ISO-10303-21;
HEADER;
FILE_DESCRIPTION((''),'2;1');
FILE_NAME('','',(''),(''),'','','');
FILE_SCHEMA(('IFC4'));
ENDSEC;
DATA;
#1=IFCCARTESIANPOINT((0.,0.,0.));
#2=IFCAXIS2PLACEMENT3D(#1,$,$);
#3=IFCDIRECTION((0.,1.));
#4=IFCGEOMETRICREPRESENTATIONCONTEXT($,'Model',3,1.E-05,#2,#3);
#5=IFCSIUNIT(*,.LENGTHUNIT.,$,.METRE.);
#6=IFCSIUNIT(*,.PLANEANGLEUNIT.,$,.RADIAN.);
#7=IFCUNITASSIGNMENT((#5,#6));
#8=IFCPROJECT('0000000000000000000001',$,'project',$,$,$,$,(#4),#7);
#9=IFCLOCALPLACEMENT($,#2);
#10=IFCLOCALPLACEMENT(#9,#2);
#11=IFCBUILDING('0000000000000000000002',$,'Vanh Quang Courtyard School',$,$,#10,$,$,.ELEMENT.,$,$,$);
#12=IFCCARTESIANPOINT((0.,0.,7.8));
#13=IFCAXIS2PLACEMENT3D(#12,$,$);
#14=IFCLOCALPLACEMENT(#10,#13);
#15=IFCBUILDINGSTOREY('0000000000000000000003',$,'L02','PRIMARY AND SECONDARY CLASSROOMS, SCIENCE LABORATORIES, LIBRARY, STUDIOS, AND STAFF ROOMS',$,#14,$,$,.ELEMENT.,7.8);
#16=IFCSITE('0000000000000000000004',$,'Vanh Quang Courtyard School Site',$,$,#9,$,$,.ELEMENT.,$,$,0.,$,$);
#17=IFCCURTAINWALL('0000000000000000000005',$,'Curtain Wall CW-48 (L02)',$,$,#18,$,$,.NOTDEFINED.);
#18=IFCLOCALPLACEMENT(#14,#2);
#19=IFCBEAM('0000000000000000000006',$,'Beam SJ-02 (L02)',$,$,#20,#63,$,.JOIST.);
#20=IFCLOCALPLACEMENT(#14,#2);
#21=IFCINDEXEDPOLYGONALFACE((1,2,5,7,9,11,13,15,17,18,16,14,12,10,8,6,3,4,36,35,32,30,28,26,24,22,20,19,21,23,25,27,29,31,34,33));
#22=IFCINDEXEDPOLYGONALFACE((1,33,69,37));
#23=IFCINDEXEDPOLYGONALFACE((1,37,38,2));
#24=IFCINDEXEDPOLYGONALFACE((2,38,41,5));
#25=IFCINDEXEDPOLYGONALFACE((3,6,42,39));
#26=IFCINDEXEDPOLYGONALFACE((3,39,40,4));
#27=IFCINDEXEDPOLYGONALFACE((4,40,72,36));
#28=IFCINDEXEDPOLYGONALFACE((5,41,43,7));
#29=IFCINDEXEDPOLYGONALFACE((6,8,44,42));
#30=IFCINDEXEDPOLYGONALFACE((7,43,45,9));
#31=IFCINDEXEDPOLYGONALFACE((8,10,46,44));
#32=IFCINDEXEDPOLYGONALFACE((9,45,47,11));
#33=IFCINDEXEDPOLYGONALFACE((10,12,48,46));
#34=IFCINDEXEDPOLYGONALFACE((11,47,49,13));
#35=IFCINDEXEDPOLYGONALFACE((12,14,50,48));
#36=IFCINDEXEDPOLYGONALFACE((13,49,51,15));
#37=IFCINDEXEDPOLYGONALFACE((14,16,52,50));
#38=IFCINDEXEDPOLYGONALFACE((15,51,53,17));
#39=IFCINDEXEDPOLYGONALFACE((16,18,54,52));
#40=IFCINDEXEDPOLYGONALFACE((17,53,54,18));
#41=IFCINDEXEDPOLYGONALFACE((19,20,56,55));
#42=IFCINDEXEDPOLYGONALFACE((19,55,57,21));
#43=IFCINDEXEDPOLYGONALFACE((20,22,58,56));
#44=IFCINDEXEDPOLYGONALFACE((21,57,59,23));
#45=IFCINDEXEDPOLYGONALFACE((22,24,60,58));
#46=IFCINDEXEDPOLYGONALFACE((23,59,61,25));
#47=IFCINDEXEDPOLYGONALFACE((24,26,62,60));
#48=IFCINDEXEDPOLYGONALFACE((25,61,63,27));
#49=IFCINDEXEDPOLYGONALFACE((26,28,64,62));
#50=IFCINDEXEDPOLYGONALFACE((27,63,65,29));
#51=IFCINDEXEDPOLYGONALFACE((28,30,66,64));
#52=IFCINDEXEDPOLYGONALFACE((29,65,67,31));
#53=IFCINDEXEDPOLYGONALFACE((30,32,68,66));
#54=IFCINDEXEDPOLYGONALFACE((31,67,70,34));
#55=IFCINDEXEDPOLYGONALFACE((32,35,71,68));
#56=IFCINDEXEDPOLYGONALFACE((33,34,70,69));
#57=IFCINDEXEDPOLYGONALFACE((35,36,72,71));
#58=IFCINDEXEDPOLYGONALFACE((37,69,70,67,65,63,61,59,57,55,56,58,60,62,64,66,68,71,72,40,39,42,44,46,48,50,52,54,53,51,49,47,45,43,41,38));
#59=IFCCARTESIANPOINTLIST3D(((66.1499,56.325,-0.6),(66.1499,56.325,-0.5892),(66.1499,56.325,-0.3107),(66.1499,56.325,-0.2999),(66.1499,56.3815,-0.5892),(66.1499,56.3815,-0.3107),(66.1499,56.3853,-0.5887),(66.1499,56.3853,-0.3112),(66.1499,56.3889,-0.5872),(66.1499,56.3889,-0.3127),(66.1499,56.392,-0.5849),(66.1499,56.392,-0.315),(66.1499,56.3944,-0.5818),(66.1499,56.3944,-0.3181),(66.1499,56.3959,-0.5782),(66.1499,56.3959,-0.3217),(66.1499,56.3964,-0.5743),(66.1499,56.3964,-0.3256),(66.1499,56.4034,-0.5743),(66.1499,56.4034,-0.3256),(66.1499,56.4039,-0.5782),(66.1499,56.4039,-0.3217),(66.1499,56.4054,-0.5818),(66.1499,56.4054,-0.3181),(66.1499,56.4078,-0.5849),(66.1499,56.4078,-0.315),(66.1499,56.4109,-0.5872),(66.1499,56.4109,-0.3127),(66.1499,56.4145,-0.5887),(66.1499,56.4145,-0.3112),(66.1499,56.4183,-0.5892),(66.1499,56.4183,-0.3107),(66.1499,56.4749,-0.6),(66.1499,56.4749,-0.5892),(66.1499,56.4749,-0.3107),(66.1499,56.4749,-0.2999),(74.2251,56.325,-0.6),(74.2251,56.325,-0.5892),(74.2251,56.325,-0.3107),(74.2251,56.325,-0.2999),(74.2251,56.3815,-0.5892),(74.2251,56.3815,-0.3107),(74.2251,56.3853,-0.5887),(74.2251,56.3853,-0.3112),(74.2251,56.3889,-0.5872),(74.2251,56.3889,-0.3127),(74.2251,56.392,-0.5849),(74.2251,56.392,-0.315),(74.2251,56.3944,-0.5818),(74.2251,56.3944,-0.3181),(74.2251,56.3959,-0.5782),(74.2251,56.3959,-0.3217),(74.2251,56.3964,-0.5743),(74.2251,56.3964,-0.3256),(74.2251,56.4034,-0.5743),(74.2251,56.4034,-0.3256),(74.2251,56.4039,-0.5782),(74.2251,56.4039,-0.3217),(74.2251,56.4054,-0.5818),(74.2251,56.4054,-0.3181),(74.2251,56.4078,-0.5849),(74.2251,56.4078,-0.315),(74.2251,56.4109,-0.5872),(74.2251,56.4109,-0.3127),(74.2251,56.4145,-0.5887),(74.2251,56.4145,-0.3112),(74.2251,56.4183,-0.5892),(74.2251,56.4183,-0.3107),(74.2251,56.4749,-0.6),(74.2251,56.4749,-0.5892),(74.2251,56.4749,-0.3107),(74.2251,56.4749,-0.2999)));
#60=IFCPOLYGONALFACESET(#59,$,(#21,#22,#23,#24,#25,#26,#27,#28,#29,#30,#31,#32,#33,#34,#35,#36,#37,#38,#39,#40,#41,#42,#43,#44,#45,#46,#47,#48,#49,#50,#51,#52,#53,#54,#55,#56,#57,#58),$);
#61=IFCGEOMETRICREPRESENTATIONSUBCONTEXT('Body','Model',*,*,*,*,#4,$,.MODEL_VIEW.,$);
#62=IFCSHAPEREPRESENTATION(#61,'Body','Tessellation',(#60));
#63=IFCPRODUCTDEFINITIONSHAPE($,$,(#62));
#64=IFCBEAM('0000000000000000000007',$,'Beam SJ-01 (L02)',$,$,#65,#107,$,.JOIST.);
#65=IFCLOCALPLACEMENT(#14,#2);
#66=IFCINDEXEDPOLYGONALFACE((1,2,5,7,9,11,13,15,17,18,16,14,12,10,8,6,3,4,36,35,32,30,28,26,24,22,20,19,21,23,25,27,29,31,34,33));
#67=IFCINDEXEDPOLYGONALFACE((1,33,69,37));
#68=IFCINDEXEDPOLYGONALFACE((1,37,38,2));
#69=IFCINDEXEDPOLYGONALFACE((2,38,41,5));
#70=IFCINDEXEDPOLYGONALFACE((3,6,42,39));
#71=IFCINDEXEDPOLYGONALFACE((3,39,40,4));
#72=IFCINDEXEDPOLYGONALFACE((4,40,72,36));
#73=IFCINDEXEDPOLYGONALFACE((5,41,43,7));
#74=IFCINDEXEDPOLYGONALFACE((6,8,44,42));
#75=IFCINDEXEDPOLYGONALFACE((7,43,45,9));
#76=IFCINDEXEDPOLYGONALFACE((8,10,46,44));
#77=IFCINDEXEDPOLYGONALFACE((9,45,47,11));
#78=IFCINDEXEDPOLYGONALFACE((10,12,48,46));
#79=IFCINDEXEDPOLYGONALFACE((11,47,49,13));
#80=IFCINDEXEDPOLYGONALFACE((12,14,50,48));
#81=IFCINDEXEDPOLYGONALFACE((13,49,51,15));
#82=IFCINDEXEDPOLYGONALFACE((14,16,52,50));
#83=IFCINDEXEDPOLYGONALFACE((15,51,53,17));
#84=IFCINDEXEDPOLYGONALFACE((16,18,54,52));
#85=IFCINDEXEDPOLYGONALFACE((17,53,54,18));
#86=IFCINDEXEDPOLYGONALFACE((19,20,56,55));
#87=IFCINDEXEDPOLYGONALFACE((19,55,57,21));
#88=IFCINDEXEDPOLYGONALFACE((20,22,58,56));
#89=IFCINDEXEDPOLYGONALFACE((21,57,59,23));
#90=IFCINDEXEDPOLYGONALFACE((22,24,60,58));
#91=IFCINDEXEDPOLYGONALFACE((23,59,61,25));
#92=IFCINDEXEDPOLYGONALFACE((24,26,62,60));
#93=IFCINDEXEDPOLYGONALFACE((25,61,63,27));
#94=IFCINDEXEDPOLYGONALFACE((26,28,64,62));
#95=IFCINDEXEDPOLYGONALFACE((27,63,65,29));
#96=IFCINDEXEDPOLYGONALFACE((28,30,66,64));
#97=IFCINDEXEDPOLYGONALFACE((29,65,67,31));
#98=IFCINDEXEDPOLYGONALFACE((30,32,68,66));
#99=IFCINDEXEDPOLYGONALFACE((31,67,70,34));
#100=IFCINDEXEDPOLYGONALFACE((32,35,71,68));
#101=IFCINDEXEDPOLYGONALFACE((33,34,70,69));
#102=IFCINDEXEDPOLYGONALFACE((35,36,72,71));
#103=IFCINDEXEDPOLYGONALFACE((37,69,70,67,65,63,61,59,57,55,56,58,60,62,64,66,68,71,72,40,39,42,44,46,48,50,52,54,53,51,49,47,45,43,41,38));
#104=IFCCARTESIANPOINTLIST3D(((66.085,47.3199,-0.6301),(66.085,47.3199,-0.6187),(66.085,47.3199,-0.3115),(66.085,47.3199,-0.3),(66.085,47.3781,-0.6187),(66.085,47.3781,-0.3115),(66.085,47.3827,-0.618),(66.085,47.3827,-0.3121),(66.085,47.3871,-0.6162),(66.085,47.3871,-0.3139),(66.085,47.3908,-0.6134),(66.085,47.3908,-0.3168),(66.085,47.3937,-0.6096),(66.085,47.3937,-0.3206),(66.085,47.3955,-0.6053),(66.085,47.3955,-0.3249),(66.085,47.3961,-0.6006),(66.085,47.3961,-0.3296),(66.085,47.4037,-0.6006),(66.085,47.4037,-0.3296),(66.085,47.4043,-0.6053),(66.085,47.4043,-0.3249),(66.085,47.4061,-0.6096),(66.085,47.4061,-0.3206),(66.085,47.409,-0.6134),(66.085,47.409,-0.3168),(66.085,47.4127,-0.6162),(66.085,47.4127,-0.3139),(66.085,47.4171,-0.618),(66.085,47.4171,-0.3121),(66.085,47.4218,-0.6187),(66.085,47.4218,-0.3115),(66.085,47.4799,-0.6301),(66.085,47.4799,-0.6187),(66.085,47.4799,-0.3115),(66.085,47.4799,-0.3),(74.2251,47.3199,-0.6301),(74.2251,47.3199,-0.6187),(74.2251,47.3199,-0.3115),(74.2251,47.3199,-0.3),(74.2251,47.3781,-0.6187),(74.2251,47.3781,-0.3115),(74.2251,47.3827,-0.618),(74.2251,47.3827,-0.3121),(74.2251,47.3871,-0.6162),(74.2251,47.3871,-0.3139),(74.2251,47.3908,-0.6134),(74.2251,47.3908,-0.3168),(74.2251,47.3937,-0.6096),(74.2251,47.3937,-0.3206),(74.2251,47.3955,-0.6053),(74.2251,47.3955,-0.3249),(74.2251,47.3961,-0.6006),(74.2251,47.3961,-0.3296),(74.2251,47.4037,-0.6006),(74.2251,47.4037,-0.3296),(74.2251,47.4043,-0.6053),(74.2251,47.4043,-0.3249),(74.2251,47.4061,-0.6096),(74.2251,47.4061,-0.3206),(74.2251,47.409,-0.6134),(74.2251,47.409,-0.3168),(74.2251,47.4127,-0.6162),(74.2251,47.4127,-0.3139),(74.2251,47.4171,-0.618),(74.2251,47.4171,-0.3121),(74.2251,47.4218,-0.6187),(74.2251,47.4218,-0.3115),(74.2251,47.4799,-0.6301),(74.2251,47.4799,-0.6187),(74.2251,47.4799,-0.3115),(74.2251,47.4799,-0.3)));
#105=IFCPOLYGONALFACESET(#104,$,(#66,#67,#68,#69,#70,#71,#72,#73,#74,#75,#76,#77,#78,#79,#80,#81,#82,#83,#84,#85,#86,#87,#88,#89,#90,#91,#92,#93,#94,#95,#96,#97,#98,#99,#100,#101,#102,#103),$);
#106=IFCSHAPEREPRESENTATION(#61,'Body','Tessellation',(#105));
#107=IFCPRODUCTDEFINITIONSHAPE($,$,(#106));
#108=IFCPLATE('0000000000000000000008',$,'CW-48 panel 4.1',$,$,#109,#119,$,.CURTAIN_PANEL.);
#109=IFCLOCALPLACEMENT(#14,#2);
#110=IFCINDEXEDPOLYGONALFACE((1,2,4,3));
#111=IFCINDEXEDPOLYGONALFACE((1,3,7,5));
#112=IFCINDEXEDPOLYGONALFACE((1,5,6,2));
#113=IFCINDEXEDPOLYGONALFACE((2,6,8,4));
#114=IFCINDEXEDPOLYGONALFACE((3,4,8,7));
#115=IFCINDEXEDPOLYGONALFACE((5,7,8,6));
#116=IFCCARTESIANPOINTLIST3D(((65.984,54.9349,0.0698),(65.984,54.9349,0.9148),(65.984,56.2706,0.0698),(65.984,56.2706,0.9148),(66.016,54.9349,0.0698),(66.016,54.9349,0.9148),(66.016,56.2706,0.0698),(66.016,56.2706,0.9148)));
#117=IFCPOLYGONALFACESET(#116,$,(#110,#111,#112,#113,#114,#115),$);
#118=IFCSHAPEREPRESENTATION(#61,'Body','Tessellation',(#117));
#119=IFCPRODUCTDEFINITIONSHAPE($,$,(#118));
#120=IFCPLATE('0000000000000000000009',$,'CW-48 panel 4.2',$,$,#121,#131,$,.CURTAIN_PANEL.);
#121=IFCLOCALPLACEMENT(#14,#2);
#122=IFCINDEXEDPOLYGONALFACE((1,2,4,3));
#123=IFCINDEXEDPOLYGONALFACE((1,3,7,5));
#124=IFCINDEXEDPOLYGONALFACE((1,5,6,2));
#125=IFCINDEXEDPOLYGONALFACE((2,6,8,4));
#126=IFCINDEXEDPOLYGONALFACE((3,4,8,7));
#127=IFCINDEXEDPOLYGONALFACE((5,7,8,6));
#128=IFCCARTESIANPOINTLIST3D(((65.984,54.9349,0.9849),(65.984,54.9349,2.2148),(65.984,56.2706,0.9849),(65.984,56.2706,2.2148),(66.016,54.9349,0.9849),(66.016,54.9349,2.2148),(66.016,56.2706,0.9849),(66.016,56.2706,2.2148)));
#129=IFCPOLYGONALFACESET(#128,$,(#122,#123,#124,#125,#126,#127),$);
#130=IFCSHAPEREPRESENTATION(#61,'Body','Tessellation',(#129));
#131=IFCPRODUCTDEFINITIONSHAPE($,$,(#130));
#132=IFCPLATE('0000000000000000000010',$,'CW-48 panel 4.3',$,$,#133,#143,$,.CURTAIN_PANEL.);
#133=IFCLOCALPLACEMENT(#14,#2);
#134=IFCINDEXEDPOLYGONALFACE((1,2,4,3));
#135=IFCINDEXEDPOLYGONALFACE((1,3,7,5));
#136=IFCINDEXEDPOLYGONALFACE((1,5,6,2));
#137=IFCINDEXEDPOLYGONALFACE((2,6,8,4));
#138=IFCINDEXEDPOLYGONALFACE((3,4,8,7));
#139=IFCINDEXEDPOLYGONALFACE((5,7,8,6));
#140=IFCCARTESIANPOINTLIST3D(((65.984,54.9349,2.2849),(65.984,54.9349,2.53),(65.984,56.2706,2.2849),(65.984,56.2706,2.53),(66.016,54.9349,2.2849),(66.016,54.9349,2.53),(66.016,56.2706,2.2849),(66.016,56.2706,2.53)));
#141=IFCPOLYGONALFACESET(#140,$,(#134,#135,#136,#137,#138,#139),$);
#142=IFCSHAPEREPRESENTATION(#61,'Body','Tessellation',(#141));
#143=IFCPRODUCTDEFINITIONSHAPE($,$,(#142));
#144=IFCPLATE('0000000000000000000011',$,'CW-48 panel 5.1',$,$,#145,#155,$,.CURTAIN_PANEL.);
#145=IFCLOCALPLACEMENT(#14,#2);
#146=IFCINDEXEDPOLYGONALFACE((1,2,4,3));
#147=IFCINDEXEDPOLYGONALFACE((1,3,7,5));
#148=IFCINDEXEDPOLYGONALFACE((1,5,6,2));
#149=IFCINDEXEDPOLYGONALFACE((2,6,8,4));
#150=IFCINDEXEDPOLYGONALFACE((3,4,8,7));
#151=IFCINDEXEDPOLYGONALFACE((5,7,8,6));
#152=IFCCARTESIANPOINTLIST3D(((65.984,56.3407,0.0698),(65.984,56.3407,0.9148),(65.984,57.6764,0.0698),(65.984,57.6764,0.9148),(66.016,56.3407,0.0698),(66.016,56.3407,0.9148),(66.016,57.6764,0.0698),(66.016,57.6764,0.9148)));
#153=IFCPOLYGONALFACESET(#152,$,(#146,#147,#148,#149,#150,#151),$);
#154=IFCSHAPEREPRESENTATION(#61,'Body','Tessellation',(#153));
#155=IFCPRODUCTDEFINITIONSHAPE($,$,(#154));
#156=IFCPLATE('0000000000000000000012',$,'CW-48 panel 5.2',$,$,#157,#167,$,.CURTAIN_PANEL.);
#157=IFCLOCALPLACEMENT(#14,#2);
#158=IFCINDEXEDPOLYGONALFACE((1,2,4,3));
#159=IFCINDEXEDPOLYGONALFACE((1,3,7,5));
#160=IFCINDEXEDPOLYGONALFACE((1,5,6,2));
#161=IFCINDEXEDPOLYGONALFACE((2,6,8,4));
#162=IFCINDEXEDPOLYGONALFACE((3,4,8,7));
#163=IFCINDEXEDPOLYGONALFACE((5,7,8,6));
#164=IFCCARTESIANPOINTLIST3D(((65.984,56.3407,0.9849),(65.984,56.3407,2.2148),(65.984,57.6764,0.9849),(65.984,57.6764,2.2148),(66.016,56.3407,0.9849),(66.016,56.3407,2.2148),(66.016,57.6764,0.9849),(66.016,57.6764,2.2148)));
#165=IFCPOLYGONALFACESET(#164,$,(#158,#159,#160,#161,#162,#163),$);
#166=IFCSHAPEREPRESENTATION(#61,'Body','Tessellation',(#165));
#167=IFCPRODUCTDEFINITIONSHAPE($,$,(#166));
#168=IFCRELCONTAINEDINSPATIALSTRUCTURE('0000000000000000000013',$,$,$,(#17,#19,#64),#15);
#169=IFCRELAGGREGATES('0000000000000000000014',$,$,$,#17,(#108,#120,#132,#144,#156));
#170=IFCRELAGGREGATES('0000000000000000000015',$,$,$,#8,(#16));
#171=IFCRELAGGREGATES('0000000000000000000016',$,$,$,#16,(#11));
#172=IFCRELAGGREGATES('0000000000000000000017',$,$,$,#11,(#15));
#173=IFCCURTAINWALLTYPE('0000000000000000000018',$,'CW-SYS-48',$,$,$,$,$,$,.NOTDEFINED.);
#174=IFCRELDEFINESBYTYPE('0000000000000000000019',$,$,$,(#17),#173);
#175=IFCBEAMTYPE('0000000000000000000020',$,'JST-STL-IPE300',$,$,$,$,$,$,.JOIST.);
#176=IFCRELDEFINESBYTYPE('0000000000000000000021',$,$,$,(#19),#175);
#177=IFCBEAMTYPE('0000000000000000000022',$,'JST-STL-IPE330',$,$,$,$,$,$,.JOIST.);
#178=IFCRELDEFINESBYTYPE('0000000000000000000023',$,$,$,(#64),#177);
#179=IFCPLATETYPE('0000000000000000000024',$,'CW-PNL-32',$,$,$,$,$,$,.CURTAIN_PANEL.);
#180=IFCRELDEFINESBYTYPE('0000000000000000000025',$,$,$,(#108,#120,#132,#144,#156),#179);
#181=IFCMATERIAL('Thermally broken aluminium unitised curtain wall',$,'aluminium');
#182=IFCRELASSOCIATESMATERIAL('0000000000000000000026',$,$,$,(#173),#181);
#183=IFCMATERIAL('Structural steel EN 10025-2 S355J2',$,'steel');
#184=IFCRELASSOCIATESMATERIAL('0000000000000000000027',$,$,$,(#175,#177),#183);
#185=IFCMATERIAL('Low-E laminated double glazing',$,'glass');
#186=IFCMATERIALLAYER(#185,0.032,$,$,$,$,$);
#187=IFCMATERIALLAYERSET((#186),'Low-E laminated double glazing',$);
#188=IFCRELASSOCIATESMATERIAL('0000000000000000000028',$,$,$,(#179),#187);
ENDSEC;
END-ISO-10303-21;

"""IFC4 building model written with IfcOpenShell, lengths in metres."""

from ifc_helpers import new_model, si_unit, direction, frame, origin, origin_2d, place, context, subcontext, project, spatial, rectangle, i_section, extrude, material, layer, layer_set, material_profile, profile_set, type_object, element, aggregate, save


model = new_model("IFC4")

# Units and contexts
model_context = context("Model", 3, precision=1e-05, world=origin(), true_north=direction((0.0, 1.0)))
body_context = subcontext(model_context, "Body", "Model", "MODEL_VIEW")
ifc_project = project(units=[si_unit("LENGTHUNIT", "METRE"), si_unit("PLANEANGLEUNIT", "RADIAN")], contexts=[model_context])

# Site, building, storey
site_placement = place(None, origin())
site = spatial("IfcSite", under=ifc_project, at=site_placement, Name="Vanh Quang Courtyard School Site", CompositionType="ELEMENT", RefElevation=0.0)
building_placement = place(site_placement, origin())
building = spatial("IfcBuilding", under=site, at=building_placement, Name="Vanh Quang Courtyard School", CompositionType="ELEMENT")
storey_placement = place(building_placement, frame((0.0, 0.0, 7.8)))
storey = spatial("IfcBuildingStorey", under=building, at=storey_placement, Name="L02", Description="PRIMARY AND SECONDARY CLASSROOMS, SCIENCE LABORATORIES, LIBRARY, STUDIOS, AND STAFF ROOMS", CompositionType="ELEMENT", Elevation=7.8)

# Shared definitions
ifc_material_1 = material(Name="Structural steel EN 10025-2 S355J2", Category="steel")

# Curtain wall
ifc_material_2 = material(Name="Thermally broken aluminium unitised curtain wall", Category="aluminium")
curtain_wall_type = type_object("IfcCurtainWallType", Name="CW-SYS-48", PredefinedType="NOTDEFINED", material=ifc_material_2)
curtain_wall_placement = place(storey_placement, origin())
curtain_wall = element("IfcCurtainWall", 1, at=curtain_wall_placement, inside=storey, type_object=curtain_wall_type, Name="Curtain Wall CW-48 (L02)", PredefinedType="NOTDEFINED")

# Beams
ifc_material_profile_1 = material_profile(ifc_material_1, i_section(OverallWidth=0.1499, OverallDepth=0.3, WebThickness=0.0071, FlangeThickness=0.0107, FilletRadius=0.0149, at=origin_2d()), Name="IPE 300")
ifc_profile_set_1 = profile_set([ifc_material_profile_1], Name="Structural steel EN 10025-2 S355J2")
beam_type_1 = type_object("IfcBeamType", Name="JST-STL-IPE300", PredefinedType="JOIST", material=ifc_profile_set_1)
for number, where, z_axis, x_axis, name in (
    (2, (66.1499, 56.3999, -0.45), (1.0, 0.0, 0.0), (0.0, 1.0, 0.0), "Beam SJ-02 (L02)"),
):
    element("IfcBeam", number, at=place(storey_placement, frame(where, z_axis=z_axis, x_axis=x_axis)), inside=storey, type_object=beam_type_1, Name=name, PredefinedType="JOIST", context=body_context, shape_type="SweptSolid", body=[
        extrude(i_section(OverallWidth=0.1499, OverallDepth=0.3, WebThickness=0.0071, FlangeThickness=0.0107, FilletRadius=0.0149, at=origin_2d()), origin(), (0.0, 0.0, 1.0), 8.0752),
    ])
ifc_material_profile_2 = material_profile(ifc_material_1, i_section(OverallWidth=0.1599, OverallDepth=0.3301, WebThickness=0.0076, FlangeThickness=0.0115, FilletRadius=0.0181, at=origin_2d()), Name="IPE 330")
ifc_profile_set_2 = profile_set([ifc_material_profile_2], Name="Structural steel EN 10025-2 S355J2")
beam_type_2 = type_object("IfcBeamType", Name="JST-STL-IPE330", PredefinedType="JOIST", material=ifc_profile_set_2)
beam_1_placement = place(storey_placement, frame((66.085, 47.3999, -0.4651), z_axis=(1.0, 0.0, 0.0), x_axis=(0.0, 1.0, 0.0)))
element("IfcBeam", 3, at=beam_1_placement, inside=storey, type_object=beam_type_2, Name="Beam SJ-01 (L02)", PredefinedType="JOIST", context=body_context, shape_type="SweptSolid", body=[
    extrude(i_section(OverallWidth=0.1599, OverallDepth=0.3301, WebThickness=0.0076, FlangeThickness=0.0115, FilletRadius=0.0181, at=origin_2d()), origin(), (0.0, 0.0, 1.0), 8.1401),
])

# Plates
ifc_material_3 = material(Name="Low-E laminated double glazing", Category="glass")
ifc_layer = layer(ifc_material_3, 0.032)
ifc_layer_set = layer_set([ifc_layer], Name="Low-E laminated double glazing")
plate_type = type_object("IfcPlateType", Name="CW-PNL-32", PredefinedType="CURTAIN_PANEL", material=ifc_layer_set)
plate_1_placement = place(storey_placement, frame((66.0, 55.6028, 0.0698), z_axis=(0.0, 0.0, 1.0), x_axis=(0.0, 1.0, 0.0)))
plate_1 = element("IfcPlate", 4, at=plate_1_placement, type_object=plate_type, Name="CW-48 panel 4.1", PredefinedType="CURTAIN_PANEL", context=body_context, shape_type="SweptSolid", body=[
    extrude(rectangle(XDim=1.3357, YDim=0.032, at=origin_2d()), origin(), (0.0, 0.0, 1.0), 0.845),
])
plate_2_placement = place(storey_placement, frame((66.0, 55.6028, 0.9849), z_axis=(0.0, 0.0, 1.0), x_axis=(0.0, 1.0, 0.0)))
plate_2 = element("IfcPlate", 5, at=plate_2_placement, type_object=plate_type, Name="CW-48 panel 4.2", PredefinedType="CURTAIN_PANEL", context=body_context, shape_type="SweptSolid", body=[
    extrude(rectangle(XDim=1.3357, YDim=0.032, at=origin_2d()), origin(), (0.0, 0.0, 1.0), 1.23),
])
plate_3_placement = place(storey_placement, frame((66.0, 55.6028, 2.2849), z_axis=(0.0, 0.0, 1.0), x_axis=(0.0, 1.0, 0.0)))
plate_3 = element("IfcPlate", 6, at=plate_3_placement, type_object=plate_type, Name="CW-48 panel 4.3", PredefinedType="CURTAIN_PANEL", context=body_context, shape_type="SweptSolid", body=[
    extrude(rectangle(XDim=1.3357, YDim=0.032, at=origin_2d()), origin(), (0.0, 0.0, 1.0), 0.2451),
])
plate_4_placement = place(storey_placement, frame((66.0, 57.0085, 0.0698), z_axis=(0.0, 0.0, 1.0), x_axis=(0.0, 1.0, 0.0)))
plate_4 = element("IfcPlate", 7, at=plate_4_placement, type_object=plate_type, Name="CW-48 panel 5.1", PredefinedType="CURTAIN_PANEL", context=body_context, shape_type="SweptSolid", body=[
    extrude(rectangle(XDim=1.3357, YDim=0.032, at=origin_2d()), origin(), (0.0, 0.0, 1.0), 0.845),
])
plate_5_placement = place(storey_placement, frame((66.0, 57.0085, 0.9849), z_axis=(0.0, 0.0, 1.0), x_axis=(0.0, 1.0, 0.0)))
plate_5 = element("IfcPlate", 8, at=plate_5_placement, type_object=plate_type, Name="CW-48 panel 5.2", PredefinedType="CURTAIN_PANEL", context=body_context, shape_type="SweptSolid", body=[
    extrude(rectangle(XDim=1.3357, YDim=0.032, at=origin_2d()), origin(), (0.0, 0.0, 1.0), 1.23),
])
aggregate(curtain_wall, [plate_1, plate_2, plate_3, plate_4, plate_5])

save(model, "model.ifc")
